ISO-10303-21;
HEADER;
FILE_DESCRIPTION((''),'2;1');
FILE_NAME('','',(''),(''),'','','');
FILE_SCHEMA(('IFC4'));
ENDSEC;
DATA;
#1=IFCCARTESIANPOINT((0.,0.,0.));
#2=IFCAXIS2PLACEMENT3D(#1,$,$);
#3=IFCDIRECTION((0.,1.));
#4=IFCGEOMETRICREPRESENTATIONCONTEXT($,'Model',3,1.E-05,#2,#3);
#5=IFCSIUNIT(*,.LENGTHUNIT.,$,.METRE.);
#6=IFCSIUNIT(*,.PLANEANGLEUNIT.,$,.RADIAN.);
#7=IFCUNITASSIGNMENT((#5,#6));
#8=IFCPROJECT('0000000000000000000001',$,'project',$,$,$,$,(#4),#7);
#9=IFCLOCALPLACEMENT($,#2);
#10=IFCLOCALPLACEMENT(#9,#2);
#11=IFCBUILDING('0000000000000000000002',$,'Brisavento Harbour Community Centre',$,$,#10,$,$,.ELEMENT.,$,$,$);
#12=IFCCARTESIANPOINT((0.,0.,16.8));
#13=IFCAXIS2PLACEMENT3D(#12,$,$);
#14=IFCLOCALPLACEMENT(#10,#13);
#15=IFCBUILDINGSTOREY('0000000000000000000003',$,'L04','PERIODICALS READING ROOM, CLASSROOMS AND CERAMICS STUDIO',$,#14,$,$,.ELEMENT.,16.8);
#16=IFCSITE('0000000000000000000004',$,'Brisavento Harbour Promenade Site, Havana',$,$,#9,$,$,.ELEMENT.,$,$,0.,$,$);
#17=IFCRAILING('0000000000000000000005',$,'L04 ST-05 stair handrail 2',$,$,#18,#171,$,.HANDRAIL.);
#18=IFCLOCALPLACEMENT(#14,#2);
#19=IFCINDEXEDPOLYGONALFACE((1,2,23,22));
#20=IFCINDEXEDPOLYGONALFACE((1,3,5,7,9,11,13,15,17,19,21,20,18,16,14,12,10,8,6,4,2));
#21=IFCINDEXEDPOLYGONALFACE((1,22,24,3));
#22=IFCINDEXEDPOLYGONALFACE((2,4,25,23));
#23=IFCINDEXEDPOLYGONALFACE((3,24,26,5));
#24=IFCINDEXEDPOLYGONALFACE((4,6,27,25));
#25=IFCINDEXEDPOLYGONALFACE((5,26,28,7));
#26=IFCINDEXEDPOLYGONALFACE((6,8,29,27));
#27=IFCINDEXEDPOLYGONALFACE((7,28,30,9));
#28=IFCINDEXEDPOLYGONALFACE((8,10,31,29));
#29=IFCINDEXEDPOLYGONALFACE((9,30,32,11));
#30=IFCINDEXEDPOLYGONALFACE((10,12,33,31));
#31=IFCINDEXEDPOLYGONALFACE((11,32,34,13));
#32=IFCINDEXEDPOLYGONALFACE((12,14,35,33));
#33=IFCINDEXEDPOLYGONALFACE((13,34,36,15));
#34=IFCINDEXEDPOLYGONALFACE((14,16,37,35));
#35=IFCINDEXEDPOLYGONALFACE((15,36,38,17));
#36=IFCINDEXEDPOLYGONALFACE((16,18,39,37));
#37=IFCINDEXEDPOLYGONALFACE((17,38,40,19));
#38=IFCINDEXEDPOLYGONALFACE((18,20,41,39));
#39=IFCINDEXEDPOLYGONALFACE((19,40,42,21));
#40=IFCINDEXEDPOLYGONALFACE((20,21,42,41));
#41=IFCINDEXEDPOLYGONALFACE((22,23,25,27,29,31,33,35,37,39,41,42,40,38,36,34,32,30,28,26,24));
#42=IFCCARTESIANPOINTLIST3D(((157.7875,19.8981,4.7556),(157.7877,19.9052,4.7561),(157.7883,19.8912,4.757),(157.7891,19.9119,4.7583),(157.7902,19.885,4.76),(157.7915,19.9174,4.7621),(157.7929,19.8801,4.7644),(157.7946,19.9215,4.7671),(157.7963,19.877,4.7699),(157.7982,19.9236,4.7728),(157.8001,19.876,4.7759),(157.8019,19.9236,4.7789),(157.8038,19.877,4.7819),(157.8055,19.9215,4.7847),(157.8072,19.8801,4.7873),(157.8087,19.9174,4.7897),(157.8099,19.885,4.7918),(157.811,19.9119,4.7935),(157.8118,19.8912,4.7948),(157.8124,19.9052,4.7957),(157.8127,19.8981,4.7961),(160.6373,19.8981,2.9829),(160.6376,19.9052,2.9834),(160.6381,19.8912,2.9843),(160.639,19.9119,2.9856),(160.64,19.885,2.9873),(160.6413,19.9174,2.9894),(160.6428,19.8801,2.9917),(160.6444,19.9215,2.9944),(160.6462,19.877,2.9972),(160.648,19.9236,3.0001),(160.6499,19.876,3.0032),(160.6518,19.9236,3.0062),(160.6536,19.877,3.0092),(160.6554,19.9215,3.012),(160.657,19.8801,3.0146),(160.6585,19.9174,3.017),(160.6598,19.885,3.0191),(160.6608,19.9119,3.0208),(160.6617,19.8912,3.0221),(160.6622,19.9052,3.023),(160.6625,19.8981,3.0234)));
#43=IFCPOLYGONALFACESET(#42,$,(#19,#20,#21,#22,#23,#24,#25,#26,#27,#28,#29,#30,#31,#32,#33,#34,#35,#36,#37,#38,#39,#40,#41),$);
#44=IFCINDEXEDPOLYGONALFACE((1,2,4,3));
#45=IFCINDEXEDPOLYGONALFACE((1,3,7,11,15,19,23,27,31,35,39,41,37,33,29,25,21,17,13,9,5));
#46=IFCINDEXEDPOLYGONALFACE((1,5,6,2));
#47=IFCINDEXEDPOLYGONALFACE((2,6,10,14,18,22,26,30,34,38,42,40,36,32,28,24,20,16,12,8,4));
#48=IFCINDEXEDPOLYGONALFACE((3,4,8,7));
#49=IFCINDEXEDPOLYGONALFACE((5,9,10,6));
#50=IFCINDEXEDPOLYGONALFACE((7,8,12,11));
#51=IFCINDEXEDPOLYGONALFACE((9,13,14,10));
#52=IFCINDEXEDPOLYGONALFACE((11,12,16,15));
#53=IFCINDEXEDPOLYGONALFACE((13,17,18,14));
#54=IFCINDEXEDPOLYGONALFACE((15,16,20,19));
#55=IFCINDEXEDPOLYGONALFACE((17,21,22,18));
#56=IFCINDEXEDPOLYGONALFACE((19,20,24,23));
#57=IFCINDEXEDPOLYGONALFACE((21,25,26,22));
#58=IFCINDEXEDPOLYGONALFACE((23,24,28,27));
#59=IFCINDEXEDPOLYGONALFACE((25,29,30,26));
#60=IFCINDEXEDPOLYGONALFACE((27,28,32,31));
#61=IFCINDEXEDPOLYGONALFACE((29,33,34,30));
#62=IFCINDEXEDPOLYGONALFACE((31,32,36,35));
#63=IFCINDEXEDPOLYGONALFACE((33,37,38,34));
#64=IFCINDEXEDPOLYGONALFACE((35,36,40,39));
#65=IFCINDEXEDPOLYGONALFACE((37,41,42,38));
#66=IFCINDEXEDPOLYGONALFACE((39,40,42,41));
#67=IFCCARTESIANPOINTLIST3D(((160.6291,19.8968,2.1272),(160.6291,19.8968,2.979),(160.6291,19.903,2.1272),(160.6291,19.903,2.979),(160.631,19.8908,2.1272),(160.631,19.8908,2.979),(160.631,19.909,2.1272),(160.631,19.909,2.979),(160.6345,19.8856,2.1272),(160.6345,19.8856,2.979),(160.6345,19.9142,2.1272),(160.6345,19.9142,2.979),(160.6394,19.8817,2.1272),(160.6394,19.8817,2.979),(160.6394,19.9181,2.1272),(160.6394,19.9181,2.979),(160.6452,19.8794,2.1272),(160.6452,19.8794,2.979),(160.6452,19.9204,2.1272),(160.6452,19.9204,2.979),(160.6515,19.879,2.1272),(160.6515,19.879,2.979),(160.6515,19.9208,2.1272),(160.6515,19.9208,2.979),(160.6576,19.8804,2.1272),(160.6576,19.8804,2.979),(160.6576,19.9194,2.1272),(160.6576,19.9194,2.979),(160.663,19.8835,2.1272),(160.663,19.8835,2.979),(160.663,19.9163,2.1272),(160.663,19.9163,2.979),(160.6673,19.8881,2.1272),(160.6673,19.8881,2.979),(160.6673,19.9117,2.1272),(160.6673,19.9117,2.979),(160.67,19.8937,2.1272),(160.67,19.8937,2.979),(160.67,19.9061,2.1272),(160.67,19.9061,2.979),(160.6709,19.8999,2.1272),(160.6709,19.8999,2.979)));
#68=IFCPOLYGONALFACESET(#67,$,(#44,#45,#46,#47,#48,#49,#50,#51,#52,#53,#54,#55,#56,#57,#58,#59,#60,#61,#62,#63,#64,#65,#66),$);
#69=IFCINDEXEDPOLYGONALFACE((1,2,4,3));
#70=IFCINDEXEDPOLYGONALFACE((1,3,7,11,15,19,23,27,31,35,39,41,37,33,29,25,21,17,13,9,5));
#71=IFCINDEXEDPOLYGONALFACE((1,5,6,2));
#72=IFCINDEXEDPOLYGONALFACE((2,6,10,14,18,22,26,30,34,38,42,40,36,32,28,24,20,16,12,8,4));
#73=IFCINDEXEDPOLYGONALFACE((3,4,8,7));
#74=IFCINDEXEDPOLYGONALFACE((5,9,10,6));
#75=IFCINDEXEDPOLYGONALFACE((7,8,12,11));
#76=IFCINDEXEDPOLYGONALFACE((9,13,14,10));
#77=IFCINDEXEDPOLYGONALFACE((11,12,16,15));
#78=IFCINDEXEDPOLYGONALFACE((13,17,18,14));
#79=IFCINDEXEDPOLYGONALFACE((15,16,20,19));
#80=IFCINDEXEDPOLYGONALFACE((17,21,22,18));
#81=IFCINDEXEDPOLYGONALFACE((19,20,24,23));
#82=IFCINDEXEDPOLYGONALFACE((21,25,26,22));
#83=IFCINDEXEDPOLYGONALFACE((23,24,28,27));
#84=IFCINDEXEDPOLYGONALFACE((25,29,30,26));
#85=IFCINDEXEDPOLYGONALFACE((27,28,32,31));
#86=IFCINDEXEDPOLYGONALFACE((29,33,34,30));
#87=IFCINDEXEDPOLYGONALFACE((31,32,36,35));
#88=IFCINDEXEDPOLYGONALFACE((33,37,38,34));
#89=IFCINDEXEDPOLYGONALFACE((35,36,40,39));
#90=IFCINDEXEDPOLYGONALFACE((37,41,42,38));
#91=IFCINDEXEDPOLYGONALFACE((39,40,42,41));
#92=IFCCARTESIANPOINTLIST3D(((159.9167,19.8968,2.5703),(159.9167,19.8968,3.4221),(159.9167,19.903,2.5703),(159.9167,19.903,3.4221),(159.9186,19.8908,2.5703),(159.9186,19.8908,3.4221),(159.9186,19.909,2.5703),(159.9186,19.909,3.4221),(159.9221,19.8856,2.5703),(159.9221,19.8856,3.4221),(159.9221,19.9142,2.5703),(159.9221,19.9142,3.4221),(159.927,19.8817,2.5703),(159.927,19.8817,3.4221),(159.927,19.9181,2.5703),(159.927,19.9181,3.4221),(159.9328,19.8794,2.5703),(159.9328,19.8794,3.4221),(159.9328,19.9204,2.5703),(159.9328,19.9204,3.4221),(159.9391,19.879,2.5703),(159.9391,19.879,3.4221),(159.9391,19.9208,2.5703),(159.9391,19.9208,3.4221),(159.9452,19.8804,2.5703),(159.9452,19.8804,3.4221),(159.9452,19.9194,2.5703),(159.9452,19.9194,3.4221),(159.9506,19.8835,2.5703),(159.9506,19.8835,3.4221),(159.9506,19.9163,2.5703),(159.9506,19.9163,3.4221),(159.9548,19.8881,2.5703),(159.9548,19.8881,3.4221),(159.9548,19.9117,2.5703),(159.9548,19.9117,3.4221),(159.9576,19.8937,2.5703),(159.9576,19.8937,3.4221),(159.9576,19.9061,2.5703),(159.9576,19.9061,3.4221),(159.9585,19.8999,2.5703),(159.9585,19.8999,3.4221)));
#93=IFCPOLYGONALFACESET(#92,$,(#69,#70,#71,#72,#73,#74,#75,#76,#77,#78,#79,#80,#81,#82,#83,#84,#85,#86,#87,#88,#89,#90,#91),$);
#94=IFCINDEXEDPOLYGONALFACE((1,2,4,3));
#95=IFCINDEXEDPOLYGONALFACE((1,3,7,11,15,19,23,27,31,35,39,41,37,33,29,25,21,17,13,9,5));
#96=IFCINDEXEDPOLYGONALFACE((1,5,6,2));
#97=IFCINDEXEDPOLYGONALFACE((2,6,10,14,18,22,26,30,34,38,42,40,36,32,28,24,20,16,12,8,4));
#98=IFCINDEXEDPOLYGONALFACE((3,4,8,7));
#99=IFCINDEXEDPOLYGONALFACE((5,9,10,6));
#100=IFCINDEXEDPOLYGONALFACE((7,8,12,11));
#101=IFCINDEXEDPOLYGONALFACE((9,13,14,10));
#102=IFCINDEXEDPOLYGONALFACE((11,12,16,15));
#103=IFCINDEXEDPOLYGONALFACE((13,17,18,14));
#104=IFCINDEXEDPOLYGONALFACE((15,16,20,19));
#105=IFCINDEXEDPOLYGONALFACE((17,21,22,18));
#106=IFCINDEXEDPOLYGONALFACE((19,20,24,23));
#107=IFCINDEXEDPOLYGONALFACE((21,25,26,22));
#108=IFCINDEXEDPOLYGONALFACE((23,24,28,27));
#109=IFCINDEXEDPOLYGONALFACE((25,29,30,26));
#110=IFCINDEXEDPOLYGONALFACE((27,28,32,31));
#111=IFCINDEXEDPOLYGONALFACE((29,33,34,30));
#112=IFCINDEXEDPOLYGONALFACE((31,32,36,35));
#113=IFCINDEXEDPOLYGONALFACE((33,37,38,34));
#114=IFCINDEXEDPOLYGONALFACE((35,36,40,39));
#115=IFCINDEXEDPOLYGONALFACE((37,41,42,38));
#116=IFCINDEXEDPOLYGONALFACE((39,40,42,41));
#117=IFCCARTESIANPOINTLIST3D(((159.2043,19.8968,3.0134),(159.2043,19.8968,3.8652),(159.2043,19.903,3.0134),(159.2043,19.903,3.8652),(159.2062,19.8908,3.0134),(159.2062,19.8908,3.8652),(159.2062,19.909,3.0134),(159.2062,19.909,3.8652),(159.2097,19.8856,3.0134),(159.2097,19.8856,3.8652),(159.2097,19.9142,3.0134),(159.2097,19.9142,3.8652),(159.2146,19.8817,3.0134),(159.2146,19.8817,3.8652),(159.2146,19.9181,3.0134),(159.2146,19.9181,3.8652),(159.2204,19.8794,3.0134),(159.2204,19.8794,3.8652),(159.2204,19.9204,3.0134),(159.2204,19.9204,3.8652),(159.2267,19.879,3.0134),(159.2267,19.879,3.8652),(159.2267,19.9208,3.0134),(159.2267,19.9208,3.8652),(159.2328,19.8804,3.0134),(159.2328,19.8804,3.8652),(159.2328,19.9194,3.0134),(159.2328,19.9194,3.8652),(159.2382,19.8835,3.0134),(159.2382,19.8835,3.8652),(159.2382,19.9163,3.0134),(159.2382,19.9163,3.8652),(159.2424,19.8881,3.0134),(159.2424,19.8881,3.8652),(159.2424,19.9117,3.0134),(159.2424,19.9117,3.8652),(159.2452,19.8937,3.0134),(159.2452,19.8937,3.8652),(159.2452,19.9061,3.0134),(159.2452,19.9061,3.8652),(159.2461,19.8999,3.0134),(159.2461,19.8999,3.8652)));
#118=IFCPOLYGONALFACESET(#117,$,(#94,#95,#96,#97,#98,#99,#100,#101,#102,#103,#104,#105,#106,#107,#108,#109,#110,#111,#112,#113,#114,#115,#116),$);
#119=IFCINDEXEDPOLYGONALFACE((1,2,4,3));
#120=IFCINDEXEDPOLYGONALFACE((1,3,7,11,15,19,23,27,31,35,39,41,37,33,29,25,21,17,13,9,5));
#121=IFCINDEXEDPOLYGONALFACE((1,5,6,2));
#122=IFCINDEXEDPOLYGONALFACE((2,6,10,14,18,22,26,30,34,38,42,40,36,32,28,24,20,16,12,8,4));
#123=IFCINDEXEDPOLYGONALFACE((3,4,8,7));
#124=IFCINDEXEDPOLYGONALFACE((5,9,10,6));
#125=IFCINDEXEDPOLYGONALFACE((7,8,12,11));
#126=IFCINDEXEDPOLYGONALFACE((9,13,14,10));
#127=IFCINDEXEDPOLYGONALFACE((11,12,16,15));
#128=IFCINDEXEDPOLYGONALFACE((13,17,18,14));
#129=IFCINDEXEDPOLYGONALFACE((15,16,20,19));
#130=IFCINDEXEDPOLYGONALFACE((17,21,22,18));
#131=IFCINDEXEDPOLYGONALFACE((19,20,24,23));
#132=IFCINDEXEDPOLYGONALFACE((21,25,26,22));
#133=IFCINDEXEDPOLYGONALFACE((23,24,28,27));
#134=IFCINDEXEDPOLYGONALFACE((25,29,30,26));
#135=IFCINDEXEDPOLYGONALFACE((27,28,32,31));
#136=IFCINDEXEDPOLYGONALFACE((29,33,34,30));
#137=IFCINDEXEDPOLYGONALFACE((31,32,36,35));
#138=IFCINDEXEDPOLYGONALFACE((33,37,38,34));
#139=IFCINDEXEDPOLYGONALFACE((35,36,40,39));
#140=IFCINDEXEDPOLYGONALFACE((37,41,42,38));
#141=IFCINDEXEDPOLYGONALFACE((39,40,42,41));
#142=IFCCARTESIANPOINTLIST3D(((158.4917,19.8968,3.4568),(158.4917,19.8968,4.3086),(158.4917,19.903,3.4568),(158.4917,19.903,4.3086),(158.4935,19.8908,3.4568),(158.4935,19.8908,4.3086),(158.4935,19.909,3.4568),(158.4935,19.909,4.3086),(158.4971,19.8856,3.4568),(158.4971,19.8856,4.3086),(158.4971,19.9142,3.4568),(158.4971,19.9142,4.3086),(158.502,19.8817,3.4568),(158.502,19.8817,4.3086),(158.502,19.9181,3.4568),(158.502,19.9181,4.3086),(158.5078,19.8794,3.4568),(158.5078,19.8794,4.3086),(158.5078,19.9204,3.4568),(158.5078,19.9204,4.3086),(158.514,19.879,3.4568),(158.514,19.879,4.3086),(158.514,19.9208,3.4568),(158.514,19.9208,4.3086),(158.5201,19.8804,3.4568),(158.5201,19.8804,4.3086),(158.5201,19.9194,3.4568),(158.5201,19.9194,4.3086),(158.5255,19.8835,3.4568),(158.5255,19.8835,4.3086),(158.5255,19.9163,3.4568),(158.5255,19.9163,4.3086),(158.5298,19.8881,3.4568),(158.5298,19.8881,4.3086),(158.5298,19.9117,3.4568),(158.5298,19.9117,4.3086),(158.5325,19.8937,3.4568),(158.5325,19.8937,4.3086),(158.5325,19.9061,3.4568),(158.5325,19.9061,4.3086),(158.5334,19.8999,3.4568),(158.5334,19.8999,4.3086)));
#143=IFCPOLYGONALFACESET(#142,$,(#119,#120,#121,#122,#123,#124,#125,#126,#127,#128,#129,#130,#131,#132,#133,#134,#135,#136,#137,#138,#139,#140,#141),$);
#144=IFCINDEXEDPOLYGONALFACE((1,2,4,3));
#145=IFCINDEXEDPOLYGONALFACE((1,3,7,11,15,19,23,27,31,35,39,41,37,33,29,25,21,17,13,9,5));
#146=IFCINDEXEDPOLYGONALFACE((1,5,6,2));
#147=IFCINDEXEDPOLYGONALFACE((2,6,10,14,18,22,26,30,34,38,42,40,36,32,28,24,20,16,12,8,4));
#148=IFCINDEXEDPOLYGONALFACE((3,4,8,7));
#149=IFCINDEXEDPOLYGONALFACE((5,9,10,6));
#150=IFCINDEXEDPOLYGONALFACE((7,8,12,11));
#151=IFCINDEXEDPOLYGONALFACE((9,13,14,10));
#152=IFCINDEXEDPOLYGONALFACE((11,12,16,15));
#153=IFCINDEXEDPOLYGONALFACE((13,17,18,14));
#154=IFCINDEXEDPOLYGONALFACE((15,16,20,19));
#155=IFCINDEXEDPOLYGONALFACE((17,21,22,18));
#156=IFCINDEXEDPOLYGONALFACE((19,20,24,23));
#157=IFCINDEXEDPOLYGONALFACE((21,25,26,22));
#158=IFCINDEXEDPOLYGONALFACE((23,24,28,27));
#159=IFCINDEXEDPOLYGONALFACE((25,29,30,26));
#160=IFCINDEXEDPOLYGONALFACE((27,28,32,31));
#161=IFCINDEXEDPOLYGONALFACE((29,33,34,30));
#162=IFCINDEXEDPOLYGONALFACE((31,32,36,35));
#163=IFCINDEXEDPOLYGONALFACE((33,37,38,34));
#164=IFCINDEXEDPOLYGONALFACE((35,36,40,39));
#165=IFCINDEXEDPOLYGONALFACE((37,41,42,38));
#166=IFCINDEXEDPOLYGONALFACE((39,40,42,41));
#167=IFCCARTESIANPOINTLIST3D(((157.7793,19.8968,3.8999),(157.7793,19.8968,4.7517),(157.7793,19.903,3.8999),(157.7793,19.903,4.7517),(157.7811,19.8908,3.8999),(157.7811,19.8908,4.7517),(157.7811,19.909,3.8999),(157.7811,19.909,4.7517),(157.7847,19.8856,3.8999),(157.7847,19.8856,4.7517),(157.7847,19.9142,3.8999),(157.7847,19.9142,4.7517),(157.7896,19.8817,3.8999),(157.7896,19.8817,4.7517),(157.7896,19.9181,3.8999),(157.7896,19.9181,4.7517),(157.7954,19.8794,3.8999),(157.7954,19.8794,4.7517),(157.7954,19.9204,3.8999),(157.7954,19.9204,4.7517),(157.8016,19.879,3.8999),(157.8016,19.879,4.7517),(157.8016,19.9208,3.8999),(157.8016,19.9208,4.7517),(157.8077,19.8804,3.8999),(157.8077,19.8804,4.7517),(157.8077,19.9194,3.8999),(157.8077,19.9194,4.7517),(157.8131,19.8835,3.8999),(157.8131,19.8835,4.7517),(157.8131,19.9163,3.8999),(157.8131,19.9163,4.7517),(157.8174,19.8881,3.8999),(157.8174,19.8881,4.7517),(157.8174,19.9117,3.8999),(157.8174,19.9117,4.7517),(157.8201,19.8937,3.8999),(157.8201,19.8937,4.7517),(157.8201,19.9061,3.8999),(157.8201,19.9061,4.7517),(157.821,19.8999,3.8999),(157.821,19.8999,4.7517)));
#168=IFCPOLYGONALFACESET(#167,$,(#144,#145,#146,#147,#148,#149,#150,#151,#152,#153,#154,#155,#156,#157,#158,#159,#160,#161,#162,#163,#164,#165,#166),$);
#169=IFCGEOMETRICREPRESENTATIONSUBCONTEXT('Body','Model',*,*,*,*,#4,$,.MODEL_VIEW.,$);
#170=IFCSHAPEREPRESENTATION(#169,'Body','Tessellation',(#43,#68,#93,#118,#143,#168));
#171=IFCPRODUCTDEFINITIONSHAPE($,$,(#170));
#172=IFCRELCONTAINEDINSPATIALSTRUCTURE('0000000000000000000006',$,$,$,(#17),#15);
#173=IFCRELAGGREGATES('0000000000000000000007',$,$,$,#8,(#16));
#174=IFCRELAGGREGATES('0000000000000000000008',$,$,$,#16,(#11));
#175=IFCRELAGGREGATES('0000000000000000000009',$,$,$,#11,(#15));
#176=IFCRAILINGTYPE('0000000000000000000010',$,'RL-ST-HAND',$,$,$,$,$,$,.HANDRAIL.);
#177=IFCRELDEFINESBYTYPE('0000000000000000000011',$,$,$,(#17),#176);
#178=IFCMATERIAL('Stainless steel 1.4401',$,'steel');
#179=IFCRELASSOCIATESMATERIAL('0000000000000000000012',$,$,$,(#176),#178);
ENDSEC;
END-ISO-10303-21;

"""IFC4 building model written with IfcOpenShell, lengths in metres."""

from ifc_helpers import new_model, si_unit, direction, frame, origin, origin_2d, place, context, subcontext, project, spatial, circle, extrude, material, type_object, element, save


model = new_model("IFC4")

# Units and contexts
model_context = context("Model", 3, precision=1e-05, world=origin(), true_north=direction((0.0, 1.0)))
body_context = subcontext(model_context, "Body", "Model", "MODEL_VIEW")
ifc_project = project(units=[si_unit("LENGTHUNIT", "METRE"), si_unit("PLANEANGLEUNIT", "RADIAN")], contexts=[model_context])

# Site, building, storey
site_placement = place(None, origin())
site = spatial("IfcSite", under=ifc_project, at=site_placement, Name="Brisavento Harbour Promenade Site, Havana", CompositionType="ELEMENT", RefElevation=0.0)
building_placement = place(site_placement, origin())
building = spatial("IfcBuilding", under=site, at=building_placement, Name="Brisavento Harbour Community Centre", CompositionType="ELEMENT")
storey_placement = place(building_placement, frame((0.0, 0.0, 16.8)))
storey = spatial("IfcBuildingStorey", under=building, at=storey_placement, Name="L04", Description="PERIODICALS READING ROOM, CLASSROOMS AND CERAMICS STUDIO", CompositionType="ELEMENT", Elevation=16.8)

# Railing
ifc_material_1 = material(Name="Stainless steel 1.4401", Category="steel")
railing_type_1 = type_object("IfcRailingType", Name="RL-ST-HAND", PredefinedType="HANDRAIL", material=ifc_material_1)
railing_1_placement = place(storey_placement, frame((160.6499, 19.8999, 2.1272)))
element("IfcRailing", 1, at=railing_1_placement, inside=storey, type_object=railing_type_1, Name="L04 ST-05 stair handrail 2", PredefinedType="HANDRAIL", context=body_context, shape_type="SweptSolid", body=[
    extrude(circle(Radius=0.0239, at=origin_2d()), frame((0.0, 0.0, 0.876), z_axis=(-0.849128, 0.0, 0.528187), x_axis=(0.0, -1.0, 0.0)), (0.0, 0.0, 1.0), 3.3562),
    extrude(circle(Radius=0.021, at=origin_2d()), origin(), (0.0, 0.0, 1.0), 0.8518),
    extrude(circle(Radius=0.021, at=origin_2d()), frame((-0.7124, 0.0, 0.4431)), (0.0, 0.0, 1.0), 0.8518),
    extrude(circle(Radius=0.021, at=origin_2d()), frame((-1.4248, 0.0, 0.8862)), (0.0, 0.0, 1.0), 0.8518),
    extrude(circle(Radius=0.021, at=origin_2d()), frame((-2.1375, 0.0, 1.3296)), (0.0, 0.0, 1.0), 0.8518),
    extrude(circle(Radius=0.021, at=origin_2d()), frame((-2.8499, 0.0, 1.7727)), (0.0, 0.0, 1.0), 0.8518),
])

save(model, "model.ifc")
